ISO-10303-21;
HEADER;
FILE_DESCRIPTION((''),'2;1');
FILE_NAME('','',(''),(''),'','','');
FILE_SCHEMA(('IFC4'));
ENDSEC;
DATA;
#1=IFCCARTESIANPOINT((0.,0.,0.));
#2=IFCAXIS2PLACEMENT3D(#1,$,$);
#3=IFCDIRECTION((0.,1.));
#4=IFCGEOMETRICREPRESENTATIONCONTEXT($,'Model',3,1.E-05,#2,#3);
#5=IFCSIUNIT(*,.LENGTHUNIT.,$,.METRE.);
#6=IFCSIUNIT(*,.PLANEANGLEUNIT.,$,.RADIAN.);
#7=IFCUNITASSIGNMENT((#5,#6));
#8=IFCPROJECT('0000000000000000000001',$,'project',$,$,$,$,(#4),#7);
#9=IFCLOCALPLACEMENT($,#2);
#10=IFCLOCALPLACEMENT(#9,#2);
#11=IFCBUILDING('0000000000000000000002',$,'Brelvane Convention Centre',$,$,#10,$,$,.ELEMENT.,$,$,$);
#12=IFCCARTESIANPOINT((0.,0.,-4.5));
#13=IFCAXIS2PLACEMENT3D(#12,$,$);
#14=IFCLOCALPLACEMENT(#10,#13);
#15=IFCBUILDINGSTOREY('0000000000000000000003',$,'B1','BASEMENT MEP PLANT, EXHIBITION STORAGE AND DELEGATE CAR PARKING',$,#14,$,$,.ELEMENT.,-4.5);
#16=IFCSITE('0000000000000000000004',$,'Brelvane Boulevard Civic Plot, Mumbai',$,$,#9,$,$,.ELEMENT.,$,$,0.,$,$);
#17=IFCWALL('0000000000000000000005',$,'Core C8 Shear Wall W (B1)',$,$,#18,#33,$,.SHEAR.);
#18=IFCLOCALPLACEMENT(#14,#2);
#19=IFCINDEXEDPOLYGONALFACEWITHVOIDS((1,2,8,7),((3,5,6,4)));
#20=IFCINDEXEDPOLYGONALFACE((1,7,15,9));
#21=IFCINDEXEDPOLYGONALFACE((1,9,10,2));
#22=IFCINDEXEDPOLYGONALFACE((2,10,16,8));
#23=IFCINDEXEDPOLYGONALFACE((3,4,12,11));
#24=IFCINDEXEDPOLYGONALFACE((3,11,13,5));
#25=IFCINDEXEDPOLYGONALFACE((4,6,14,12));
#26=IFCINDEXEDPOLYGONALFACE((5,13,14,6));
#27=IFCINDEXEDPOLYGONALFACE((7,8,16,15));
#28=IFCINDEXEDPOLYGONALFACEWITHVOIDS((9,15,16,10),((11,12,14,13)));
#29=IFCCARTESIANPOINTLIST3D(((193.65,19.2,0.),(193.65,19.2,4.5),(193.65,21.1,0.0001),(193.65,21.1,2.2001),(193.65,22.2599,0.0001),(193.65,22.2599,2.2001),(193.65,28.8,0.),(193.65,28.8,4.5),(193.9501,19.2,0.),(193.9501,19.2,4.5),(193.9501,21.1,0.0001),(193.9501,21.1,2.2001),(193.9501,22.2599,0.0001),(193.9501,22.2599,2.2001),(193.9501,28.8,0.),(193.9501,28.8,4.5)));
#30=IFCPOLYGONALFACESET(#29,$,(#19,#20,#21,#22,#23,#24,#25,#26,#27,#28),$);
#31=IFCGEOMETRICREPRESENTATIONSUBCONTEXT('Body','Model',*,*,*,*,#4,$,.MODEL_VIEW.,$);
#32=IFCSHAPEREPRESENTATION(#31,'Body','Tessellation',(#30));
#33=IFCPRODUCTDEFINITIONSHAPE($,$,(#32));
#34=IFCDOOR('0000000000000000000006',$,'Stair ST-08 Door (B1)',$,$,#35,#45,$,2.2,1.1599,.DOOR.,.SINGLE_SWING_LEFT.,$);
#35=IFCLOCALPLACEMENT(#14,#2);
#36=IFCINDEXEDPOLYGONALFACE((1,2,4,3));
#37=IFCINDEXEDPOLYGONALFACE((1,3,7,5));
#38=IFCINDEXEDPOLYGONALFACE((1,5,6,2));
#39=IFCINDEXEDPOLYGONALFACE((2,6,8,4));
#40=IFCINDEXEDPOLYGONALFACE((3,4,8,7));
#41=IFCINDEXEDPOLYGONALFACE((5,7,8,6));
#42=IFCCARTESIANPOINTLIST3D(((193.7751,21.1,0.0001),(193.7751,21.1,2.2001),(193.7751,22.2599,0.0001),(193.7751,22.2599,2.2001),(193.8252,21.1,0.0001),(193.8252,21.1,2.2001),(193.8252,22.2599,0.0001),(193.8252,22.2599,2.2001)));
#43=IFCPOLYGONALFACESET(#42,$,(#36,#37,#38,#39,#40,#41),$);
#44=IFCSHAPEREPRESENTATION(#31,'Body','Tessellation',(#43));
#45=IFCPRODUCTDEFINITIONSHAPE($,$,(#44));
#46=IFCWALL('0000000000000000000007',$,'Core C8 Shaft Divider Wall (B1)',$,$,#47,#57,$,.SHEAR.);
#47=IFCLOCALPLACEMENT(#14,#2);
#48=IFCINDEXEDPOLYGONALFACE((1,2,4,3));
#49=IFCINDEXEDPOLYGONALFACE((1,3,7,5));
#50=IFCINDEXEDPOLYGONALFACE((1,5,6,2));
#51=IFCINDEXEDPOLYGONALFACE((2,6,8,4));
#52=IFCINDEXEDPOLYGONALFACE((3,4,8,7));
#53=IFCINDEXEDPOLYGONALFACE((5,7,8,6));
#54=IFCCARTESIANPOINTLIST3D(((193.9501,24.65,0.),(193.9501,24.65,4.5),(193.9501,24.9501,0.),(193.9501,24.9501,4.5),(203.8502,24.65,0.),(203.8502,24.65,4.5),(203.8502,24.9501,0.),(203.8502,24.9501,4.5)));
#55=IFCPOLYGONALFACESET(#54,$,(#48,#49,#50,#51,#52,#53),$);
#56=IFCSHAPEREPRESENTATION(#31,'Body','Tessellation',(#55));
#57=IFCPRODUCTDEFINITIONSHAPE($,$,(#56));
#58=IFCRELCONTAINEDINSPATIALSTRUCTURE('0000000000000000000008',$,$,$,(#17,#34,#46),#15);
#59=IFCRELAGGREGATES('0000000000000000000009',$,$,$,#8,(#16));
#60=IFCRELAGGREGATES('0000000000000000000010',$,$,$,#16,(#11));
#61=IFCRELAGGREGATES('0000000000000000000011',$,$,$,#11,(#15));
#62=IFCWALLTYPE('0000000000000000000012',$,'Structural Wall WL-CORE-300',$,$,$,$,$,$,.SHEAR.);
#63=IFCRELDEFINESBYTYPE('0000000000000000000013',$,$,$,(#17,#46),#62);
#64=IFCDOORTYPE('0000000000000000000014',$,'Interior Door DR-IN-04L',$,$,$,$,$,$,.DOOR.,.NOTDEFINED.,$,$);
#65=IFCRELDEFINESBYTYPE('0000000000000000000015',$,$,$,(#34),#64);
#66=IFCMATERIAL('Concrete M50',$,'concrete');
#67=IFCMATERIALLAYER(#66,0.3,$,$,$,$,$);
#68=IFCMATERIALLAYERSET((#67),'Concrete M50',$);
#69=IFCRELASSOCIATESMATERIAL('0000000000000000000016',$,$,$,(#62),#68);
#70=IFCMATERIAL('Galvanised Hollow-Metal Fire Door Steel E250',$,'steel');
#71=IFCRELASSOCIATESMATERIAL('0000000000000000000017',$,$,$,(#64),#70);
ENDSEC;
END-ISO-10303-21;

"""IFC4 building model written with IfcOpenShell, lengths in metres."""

from ifc_helpers import new_model, si_unit, direction, frame, frame_2d, origin, place, context, subcontext, project, spatial, rectangle, extrude, material, layer, layer_set, type_object, element, fill, save


model = new_model("IFC4")

# Units and contexts
model_context = context("Model", 3, precision=1e-05, world=origin(), true_north=direction((0.0, 1.0)))
body_context = subcontext(model_context, "Body", "Model", "MODEL_VIEW")
ifc_project = project(units=[si_unit("LENGTHUNIT", "METRE"), si_unit("PLANEANGLEUNIT", "RADIAN")], contexts=[model_context])

# Site, building, storey
site_placement = place(None, origin())
site = spatial("IfcSite", under=ifc_project, at=site_placement, Name="Brelvane Boulevard Civic Plot, Mumbai", CompositionType="ELEMENT", RefElevation=0.0)
building_placement = place(site_placement, origin())
building = spatial("IfcBuilding", under=site, at=building_placement, Name="Brelvane Convention Centre", CompositionType="ELEMENT")
storey_placement = place(building_placement, frame((0.0, 0.0, -4.5)))
storey = spatial("IfcBuildingStorey", under=building, at=storey_placement, Name="B1", Description="BASEMENT MEP PLANT, EXHIBITION STORAGE AND DELEGATE CAR PARKING", CompositionType="ELEMENT", Elevation=-4.5)

# Shared definitions
ifc_material_1 = material(Name="Concrete M50", Category="concrete")
ifc_layer_1 = layer(ifc_material_1, 0.3)
ifc_layer_set_1 = layer_set([ifc_layer_1], Name="Concrete M50")
wall_type_1 = type_object("IfcWallType", Name="Structural Wall WL-CORE-300", PredefinedType="SHEAR", material=ifc_layer_set_1)

# Wall, opening, door
wall_1_placement = place(storey_placement, frame((193.8, 19.2, 0.0), z_axis=(0.0, 0.0, 1.0), x_axis=(0.0, 1.0, 0.0)))
wall_1 = element("IfcWall", 1, at=wall_1_placement, inside=storey, type_object=wall_type_1, Name="Core C8 Shear Wall W (B1)", PredefinedType="SHEAR", context=body_context, shape_type="SweptSolid", body=[
    extrude(rectangle(XDim=9.6001, YDim=0.3, at=frame_2d((4.8, 0.0))), origin(), (0.0, 0.0, 1.0), 4.5),
])
opening_1_placement = place(wall_1_placement, frame((1.8999, 0.0, 0.0)))
opening_1 = element("IfcOpeningElement", 2, at=opening_1_placement, cuts=wall_1, PredefinedType="OPENING", context=body_context, shape_type="SweptSolid", body=[
    extrude(rectangle(XDim=1.1599, YDim=2.2, at=frame_2d((0.5801, 1.1001))), frame((0.0, 0.1599, 0.0), z_axis=(0.0, -1.0, 0.0), x_axis=(1.0, 0.0, 0.0)), (0.0, 0.0, 1.0), 0.3201),
])
ifc_material_2 = material(Name="Galvanised Hollow-Metal Fire Door Steel E250", Category="steel")
door_type_1 = type_object("IfcDoorType", Name="Interior Door DR-IN-04L", OperationType="NOTDEFINED", PredefinedType="DOOR", material=ifc_material_2)
door_1_placement = place(opening_1_placement, origin())
door_1 = element("IfcDoor", 3, at=door_1_placement, inside=storey, type_object=door_type_1, Name="Stair ST-08 Door (B1)", OperationType="SINGLE_SWING_LEFT", OverallHeight=2.2, OverallWidth=1.1599, PredefinedType="DOOR", context=body_context, shape_type="SweptSolid", body=[
    extrude(rectangle(XDim=1.1599, YDim=2.2, at=frame_2d((0.5801, 1.1001))), frame((0.0, 0.0249, 0.0), z_axis=(0.0, -1.0, 0.0), x_axis=(1.0, 0.0, 0.0)), (0.0, 0.0, 1.0), 0.05),
])
fill(opening_1, door_1)

# Wall
wall_2_placement = place(storey_placement, frame((193.95, 24.8, 0.0), z_axis=(0.0, 0.0, 1.0), x_axis=(1.0, 0.0, 0.0)))
element("IfcWall", 4, at=wall_2_placement, inside=storey, type_object=wall_type_1, Name="Core C8 Shaft Divider Wall (B1)", PredefinedType="SHEAR", context=body_context, shape_type="SweptSolid", body=[
    extrude(rectangle(XDim=9.9001, YDim=0.3, at=frame_2d((4.9502, 0.0))), origin(), (0.0, 0.0, 1.0), 4.5),
])

save(model, "model.ifc")
